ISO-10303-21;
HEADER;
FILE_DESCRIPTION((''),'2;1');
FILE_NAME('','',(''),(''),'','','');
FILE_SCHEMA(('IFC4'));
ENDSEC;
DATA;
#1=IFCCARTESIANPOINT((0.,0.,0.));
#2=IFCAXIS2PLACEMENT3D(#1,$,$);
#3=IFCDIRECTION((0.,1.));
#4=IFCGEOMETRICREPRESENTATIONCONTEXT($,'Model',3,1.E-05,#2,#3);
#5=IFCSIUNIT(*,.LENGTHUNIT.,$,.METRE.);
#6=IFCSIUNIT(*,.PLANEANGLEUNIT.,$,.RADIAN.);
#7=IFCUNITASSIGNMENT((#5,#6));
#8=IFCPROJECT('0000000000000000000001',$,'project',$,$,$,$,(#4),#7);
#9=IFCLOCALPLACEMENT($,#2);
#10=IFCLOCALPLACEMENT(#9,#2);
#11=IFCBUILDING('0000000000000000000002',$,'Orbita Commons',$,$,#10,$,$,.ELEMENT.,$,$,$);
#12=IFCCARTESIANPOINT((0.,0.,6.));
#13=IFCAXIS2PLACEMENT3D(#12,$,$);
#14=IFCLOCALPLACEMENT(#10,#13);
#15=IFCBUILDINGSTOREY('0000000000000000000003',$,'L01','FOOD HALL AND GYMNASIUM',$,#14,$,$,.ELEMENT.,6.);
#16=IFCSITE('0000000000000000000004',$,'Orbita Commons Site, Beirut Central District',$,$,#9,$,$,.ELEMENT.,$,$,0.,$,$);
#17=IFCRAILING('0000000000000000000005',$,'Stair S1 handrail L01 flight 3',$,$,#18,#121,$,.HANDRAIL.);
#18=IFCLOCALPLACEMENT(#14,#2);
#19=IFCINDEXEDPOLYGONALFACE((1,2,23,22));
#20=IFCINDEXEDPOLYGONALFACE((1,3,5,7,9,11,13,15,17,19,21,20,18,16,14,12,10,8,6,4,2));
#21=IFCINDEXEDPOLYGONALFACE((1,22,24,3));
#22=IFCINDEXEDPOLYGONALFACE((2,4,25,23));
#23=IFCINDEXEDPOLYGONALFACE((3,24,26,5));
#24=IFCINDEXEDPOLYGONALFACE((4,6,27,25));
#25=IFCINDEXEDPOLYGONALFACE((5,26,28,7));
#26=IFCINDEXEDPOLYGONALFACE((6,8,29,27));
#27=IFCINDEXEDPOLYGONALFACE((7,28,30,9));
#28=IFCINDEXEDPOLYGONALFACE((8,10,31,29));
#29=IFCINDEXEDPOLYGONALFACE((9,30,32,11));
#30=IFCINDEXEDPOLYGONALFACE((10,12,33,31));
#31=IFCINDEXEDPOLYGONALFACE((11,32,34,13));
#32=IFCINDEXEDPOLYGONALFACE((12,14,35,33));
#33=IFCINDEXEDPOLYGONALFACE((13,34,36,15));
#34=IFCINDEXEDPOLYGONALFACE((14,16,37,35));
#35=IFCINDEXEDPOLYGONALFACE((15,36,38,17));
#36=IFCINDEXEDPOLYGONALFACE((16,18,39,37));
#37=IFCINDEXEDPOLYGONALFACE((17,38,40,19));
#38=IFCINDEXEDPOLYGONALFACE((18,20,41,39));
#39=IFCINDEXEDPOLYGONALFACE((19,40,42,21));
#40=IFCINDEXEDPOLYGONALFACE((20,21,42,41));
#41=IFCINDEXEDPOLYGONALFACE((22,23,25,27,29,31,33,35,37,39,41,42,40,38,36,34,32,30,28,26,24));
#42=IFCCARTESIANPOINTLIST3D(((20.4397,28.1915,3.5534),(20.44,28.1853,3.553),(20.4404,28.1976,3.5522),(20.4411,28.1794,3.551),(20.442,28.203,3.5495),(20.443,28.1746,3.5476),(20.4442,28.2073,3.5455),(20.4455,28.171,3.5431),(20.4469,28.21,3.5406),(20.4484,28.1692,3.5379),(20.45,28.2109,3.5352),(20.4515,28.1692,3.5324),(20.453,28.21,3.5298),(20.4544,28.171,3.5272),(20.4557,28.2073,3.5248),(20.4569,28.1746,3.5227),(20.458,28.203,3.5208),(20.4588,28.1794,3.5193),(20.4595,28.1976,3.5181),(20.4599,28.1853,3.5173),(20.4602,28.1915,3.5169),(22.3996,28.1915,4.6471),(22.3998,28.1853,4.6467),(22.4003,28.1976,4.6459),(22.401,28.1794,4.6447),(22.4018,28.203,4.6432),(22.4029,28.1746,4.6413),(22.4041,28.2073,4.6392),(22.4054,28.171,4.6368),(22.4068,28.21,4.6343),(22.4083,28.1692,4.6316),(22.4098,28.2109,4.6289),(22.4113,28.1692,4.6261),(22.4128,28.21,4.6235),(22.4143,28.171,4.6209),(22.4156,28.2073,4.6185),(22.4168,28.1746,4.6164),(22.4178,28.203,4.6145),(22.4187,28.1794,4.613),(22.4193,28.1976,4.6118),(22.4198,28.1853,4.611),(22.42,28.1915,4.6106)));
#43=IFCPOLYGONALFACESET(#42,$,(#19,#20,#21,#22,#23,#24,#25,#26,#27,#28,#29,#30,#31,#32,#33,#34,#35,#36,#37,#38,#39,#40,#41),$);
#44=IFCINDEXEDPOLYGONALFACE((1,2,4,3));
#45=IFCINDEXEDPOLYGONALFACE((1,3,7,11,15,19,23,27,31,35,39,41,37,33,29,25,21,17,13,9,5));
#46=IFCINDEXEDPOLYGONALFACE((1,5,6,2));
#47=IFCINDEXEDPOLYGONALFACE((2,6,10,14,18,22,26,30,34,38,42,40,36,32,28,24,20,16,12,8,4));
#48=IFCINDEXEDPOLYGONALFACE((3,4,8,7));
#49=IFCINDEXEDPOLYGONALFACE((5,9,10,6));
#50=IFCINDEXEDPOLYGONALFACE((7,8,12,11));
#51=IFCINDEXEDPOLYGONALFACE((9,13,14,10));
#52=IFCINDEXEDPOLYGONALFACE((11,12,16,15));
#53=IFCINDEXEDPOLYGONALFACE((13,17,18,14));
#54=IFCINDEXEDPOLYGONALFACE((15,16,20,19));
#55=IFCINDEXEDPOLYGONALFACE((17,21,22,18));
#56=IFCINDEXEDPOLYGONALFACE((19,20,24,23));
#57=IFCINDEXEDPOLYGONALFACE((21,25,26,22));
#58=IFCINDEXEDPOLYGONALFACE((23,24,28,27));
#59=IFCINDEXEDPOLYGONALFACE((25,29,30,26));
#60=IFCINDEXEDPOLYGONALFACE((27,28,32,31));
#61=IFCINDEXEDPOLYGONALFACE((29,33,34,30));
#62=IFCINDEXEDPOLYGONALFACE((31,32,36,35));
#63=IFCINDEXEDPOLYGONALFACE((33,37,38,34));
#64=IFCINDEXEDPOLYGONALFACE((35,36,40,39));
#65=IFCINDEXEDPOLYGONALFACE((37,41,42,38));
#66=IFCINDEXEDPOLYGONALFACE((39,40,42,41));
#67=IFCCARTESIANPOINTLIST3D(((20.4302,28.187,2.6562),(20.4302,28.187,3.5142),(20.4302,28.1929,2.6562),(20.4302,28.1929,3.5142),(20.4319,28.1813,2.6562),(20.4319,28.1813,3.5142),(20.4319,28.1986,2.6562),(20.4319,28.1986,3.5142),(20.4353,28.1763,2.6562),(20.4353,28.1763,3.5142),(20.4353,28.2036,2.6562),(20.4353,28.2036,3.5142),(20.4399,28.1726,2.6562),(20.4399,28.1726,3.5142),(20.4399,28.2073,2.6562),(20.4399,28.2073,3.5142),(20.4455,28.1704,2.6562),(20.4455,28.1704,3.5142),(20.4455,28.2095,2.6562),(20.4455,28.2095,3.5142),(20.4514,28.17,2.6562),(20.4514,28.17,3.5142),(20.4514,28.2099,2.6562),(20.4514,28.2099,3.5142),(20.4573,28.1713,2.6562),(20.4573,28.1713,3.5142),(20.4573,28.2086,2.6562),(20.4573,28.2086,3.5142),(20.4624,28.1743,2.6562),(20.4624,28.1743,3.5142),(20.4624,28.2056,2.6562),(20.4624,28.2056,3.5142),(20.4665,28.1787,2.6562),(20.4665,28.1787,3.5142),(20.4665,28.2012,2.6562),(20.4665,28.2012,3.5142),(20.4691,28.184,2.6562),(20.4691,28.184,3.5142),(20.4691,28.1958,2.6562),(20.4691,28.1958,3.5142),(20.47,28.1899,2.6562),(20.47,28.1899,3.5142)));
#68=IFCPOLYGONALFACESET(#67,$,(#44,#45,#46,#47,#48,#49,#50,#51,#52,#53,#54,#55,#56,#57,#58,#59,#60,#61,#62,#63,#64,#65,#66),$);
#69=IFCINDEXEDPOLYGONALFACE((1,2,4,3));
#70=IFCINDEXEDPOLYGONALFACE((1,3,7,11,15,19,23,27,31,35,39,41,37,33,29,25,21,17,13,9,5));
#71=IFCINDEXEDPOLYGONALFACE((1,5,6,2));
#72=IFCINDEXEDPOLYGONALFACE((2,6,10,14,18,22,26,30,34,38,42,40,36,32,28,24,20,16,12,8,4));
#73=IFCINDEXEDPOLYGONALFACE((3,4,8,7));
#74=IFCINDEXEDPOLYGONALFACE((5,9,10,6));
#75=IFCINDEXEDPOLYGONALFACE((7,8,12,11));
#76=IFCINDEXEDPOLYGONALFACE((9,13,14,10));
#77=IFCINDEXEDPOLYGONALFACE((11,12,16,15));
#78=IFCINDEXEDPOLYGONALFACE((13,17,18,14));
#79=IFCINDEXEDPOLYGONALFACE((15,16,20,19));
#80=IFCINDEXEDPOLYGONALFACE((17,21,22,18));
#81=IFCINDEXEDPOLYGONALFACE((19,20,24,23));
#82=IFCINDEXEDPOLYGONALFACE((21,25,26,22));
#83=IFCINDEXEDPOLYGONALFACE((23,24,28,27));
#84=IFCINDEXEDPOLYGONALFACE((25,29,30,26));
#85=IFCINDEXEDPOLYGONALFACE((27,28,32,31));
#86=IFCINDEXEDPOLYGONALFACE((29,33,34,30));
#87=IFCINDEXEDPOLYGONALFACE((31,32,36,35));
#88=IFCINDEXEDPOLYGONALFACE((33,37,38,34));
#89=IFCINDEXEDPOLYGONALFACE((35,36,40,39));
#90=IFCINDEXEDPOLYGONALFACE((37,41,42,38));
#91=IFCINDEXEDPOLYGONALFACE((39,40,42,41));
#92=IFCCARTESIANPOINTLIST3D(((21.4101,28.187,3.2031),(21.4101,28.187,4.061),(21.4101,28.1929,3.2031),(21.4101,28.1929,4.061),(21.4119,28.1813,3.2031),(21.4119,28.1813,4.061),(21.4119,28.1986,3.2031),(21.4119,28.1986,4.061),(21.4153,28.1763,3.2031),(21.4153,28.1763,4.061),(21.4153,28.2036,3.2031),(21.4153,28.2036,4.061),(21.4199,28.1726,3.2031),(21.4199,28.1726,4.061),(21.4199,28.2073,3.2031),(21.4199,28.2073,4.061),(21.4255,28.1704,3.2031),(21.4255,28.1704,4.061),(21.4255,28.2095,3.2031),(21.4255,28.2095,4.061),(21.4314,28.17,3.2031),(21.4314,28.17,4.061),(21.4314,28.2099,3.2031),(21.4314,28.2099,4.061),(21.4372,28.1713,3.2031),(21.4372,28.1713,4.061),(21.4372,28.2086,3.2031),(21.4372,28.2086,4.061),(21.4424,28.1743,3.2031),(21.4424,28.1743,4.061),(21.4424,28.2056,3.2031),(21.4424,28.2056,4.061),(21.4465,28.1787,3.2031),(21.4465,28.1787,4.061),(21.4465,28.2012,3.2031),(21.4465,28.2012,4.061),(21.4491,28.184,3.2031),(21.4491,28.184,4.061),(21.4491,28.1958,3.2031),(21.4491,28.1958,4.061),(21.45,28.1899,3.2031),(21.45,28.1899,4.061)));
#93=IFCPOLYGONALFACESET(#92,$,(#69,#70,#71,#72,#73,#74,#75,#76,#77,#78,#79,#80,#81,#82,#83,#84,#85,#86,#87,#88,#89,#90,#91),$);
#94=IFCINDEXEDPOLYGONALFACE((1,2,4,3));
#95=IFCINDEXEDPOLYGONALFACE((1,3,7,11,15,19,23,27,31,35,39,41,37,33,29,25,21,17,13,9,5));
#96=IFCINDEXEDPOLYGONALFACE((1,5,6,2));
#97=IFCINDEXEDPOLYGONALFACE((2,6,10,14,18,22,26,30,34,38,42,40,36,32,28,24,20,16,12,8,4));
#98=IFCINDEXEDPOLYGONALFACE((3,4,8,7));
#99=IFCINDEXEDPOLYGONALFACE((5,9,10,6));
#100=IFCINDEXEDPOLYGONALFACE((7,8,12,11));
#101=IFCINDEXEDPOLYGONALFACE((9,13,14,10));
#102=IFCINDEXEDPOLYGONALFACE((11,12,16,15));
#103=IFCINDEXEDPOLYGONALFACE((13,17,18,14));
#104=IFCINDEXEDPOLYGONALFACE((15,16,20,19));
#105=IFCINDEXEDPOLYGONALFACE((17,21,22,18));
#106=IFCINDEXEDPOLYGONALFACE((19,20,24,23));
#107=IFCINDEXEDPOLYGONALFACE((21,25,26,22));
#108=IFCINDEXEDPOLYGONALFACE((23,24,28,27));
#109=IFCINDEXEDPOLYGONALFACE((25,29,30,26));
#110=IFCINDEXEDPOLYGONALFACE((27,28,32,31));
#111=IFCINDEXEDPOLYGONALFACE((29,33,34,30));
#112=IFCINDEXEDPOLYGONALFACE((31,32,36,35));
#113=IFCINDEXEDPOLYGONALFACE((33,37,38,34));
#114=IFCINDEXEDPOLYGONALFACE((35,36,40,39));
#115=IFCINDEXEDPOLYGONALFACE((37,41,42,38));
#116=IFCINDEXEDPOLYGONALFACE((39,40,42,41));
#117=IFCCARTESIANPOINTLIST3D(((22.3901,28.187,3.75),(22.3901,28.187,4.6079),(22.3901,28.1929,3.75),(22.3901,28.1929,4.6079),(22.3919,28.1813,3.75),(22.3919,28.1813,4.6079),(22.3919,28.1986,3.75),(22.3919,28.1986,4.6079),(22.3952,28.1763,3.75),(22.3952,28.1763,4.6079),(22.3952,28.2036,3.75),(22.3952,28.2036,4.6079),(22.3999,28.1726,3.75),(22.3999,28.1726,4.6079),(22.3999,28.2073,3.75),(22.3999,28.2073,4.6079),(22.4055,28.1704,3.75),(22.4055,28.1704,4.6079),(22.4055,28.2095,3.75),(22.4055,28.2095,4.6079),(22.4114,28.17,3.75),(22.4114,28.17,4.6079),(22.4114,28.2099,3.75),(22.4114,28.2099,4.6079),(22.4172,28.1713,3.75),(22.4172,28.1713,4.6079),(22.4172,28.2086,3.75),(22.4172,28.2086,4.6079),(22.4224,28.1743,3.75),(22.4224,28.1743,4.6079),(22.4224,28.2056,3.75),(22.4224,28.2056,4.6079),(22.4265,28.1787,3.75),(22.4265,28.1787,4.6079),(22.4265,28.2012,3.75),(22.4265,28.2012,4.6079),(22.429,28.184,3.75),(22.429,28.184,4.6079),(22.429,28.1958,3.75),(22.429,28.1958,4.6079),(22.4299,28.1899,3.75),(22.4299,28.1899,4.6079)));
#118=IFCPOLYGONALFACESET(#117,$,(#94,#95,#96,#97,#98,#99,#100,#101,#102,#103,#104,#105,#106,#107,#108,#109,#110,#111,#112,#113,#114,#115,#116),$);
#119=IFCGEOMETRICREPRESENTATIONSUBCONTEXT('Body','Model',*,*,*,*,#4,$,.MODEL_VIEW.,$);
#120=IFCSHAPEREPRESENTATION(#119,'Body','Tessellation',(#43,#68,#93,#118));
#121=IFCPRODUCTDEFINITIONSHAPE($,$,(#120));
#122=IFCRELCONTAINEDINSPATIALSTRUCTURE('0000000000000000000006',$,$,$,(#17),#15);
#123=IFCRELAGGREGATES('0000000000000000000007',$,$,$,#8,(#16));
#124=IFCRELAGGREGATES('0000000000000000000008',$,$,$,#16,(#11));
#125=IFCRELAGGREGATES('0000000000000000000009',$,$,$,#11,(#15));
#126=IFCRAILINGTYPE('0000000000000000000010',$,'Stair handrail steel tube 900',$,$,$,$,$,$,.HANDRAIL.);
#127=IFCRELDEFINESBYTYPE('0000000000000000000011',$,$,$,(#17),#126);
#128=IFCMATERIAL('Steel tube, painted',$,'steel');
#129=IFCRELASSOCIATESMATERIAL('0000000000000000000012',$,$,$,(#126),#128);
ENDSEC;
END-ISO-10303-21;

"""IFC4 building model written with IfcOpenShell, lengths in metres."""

from ifc_helpers import new_model, si_unit, direction, frame, origin, origin_2d, place, context, subcontext, project, spatial, circle, extrude, material, type_object, element, save


model = new_model("IFC4")

# Units and contexts
model_context = context("Model", 3, precision=1e-05, world=origin(), true_north=direction((0.0, 1.0)))
body_context = subcontext(model_context, "Body", "Model", "MODEL_VIEW")
ifc_project = project(units=[si_unit("LENGTHUNIT", "METRE"), si_unit("PLANEANGLEUNIT", "RADIAN")], contexts=[model_context])

# Site, building, storey
site_placement = place(None, origin())
site = spatial("IfcSite", under=ifc_project, at=site_placement, Name="Orbita Commons Site, Beirut Central District", CompositionType="ELEMENT", RefElevation=0.0)
building_placement = place(site_placement, origin())
building = spatial("IfcBuilding", under=site, at=building_placement, Name="Orbita Commons", CompositionType="ELEMENT")
storey_placement = place(building_placement, frame((0.0, 0.0, 6.0)))
storey = spatial("IfcBuildingStorey", under=building, at=storey_placement, Name="L01", Description="FOOD HALL AND GYMNASIUM", CompositionType="ELEMENT", Elevation=6.0)

# Railing
ifc_material_1 = material(Name="Steel tube, painted", Category="steel")
railing_type = type_object("IfcRailingType", Name="Stair handrail steel tube 900", PredefinedType="HANDRAIL", material=ifc_material_1)
railing_1_placement = place(storey_placement, frame((20.45, 28.1899, 2.6562)))
element("IfcRailing", 1, at=railing_1_placement, inside=storey, type_object=railing_type, Name="Stair S1 handrail L01 flight 3", PredefinedType="HANDRAIL", context=body_context, shape_type="SweptSolid", body=[
    extrude(circle(Radius=0.021, at=origin_2d()), frame((0.0, 0.0, 0.8789), z_axis=(0.873232, 0.0, 0.487304), x_axis=(0.0, 1.0, 0.0)), (0.0, 0.0, 1.0), 2.2444),
    extrude(circle(Radius=0.02, at=origin_2d()), origin(), (0.0, 0.0, 1.0), 0.8579),
    extrude(circle(Radius=0.02, at=origin_2d()), frame((0.98, 0.0, 0.5469)), (0.0, 0.0, 1.0), 0.8579),
    extrude(circle(Radius=0.02, at=origin_2d()), frame((1.96, 0.0, 1.0938)), (0.0, 0.0, 1.0), 0.8579),
])

save(model, "model.ifc")
